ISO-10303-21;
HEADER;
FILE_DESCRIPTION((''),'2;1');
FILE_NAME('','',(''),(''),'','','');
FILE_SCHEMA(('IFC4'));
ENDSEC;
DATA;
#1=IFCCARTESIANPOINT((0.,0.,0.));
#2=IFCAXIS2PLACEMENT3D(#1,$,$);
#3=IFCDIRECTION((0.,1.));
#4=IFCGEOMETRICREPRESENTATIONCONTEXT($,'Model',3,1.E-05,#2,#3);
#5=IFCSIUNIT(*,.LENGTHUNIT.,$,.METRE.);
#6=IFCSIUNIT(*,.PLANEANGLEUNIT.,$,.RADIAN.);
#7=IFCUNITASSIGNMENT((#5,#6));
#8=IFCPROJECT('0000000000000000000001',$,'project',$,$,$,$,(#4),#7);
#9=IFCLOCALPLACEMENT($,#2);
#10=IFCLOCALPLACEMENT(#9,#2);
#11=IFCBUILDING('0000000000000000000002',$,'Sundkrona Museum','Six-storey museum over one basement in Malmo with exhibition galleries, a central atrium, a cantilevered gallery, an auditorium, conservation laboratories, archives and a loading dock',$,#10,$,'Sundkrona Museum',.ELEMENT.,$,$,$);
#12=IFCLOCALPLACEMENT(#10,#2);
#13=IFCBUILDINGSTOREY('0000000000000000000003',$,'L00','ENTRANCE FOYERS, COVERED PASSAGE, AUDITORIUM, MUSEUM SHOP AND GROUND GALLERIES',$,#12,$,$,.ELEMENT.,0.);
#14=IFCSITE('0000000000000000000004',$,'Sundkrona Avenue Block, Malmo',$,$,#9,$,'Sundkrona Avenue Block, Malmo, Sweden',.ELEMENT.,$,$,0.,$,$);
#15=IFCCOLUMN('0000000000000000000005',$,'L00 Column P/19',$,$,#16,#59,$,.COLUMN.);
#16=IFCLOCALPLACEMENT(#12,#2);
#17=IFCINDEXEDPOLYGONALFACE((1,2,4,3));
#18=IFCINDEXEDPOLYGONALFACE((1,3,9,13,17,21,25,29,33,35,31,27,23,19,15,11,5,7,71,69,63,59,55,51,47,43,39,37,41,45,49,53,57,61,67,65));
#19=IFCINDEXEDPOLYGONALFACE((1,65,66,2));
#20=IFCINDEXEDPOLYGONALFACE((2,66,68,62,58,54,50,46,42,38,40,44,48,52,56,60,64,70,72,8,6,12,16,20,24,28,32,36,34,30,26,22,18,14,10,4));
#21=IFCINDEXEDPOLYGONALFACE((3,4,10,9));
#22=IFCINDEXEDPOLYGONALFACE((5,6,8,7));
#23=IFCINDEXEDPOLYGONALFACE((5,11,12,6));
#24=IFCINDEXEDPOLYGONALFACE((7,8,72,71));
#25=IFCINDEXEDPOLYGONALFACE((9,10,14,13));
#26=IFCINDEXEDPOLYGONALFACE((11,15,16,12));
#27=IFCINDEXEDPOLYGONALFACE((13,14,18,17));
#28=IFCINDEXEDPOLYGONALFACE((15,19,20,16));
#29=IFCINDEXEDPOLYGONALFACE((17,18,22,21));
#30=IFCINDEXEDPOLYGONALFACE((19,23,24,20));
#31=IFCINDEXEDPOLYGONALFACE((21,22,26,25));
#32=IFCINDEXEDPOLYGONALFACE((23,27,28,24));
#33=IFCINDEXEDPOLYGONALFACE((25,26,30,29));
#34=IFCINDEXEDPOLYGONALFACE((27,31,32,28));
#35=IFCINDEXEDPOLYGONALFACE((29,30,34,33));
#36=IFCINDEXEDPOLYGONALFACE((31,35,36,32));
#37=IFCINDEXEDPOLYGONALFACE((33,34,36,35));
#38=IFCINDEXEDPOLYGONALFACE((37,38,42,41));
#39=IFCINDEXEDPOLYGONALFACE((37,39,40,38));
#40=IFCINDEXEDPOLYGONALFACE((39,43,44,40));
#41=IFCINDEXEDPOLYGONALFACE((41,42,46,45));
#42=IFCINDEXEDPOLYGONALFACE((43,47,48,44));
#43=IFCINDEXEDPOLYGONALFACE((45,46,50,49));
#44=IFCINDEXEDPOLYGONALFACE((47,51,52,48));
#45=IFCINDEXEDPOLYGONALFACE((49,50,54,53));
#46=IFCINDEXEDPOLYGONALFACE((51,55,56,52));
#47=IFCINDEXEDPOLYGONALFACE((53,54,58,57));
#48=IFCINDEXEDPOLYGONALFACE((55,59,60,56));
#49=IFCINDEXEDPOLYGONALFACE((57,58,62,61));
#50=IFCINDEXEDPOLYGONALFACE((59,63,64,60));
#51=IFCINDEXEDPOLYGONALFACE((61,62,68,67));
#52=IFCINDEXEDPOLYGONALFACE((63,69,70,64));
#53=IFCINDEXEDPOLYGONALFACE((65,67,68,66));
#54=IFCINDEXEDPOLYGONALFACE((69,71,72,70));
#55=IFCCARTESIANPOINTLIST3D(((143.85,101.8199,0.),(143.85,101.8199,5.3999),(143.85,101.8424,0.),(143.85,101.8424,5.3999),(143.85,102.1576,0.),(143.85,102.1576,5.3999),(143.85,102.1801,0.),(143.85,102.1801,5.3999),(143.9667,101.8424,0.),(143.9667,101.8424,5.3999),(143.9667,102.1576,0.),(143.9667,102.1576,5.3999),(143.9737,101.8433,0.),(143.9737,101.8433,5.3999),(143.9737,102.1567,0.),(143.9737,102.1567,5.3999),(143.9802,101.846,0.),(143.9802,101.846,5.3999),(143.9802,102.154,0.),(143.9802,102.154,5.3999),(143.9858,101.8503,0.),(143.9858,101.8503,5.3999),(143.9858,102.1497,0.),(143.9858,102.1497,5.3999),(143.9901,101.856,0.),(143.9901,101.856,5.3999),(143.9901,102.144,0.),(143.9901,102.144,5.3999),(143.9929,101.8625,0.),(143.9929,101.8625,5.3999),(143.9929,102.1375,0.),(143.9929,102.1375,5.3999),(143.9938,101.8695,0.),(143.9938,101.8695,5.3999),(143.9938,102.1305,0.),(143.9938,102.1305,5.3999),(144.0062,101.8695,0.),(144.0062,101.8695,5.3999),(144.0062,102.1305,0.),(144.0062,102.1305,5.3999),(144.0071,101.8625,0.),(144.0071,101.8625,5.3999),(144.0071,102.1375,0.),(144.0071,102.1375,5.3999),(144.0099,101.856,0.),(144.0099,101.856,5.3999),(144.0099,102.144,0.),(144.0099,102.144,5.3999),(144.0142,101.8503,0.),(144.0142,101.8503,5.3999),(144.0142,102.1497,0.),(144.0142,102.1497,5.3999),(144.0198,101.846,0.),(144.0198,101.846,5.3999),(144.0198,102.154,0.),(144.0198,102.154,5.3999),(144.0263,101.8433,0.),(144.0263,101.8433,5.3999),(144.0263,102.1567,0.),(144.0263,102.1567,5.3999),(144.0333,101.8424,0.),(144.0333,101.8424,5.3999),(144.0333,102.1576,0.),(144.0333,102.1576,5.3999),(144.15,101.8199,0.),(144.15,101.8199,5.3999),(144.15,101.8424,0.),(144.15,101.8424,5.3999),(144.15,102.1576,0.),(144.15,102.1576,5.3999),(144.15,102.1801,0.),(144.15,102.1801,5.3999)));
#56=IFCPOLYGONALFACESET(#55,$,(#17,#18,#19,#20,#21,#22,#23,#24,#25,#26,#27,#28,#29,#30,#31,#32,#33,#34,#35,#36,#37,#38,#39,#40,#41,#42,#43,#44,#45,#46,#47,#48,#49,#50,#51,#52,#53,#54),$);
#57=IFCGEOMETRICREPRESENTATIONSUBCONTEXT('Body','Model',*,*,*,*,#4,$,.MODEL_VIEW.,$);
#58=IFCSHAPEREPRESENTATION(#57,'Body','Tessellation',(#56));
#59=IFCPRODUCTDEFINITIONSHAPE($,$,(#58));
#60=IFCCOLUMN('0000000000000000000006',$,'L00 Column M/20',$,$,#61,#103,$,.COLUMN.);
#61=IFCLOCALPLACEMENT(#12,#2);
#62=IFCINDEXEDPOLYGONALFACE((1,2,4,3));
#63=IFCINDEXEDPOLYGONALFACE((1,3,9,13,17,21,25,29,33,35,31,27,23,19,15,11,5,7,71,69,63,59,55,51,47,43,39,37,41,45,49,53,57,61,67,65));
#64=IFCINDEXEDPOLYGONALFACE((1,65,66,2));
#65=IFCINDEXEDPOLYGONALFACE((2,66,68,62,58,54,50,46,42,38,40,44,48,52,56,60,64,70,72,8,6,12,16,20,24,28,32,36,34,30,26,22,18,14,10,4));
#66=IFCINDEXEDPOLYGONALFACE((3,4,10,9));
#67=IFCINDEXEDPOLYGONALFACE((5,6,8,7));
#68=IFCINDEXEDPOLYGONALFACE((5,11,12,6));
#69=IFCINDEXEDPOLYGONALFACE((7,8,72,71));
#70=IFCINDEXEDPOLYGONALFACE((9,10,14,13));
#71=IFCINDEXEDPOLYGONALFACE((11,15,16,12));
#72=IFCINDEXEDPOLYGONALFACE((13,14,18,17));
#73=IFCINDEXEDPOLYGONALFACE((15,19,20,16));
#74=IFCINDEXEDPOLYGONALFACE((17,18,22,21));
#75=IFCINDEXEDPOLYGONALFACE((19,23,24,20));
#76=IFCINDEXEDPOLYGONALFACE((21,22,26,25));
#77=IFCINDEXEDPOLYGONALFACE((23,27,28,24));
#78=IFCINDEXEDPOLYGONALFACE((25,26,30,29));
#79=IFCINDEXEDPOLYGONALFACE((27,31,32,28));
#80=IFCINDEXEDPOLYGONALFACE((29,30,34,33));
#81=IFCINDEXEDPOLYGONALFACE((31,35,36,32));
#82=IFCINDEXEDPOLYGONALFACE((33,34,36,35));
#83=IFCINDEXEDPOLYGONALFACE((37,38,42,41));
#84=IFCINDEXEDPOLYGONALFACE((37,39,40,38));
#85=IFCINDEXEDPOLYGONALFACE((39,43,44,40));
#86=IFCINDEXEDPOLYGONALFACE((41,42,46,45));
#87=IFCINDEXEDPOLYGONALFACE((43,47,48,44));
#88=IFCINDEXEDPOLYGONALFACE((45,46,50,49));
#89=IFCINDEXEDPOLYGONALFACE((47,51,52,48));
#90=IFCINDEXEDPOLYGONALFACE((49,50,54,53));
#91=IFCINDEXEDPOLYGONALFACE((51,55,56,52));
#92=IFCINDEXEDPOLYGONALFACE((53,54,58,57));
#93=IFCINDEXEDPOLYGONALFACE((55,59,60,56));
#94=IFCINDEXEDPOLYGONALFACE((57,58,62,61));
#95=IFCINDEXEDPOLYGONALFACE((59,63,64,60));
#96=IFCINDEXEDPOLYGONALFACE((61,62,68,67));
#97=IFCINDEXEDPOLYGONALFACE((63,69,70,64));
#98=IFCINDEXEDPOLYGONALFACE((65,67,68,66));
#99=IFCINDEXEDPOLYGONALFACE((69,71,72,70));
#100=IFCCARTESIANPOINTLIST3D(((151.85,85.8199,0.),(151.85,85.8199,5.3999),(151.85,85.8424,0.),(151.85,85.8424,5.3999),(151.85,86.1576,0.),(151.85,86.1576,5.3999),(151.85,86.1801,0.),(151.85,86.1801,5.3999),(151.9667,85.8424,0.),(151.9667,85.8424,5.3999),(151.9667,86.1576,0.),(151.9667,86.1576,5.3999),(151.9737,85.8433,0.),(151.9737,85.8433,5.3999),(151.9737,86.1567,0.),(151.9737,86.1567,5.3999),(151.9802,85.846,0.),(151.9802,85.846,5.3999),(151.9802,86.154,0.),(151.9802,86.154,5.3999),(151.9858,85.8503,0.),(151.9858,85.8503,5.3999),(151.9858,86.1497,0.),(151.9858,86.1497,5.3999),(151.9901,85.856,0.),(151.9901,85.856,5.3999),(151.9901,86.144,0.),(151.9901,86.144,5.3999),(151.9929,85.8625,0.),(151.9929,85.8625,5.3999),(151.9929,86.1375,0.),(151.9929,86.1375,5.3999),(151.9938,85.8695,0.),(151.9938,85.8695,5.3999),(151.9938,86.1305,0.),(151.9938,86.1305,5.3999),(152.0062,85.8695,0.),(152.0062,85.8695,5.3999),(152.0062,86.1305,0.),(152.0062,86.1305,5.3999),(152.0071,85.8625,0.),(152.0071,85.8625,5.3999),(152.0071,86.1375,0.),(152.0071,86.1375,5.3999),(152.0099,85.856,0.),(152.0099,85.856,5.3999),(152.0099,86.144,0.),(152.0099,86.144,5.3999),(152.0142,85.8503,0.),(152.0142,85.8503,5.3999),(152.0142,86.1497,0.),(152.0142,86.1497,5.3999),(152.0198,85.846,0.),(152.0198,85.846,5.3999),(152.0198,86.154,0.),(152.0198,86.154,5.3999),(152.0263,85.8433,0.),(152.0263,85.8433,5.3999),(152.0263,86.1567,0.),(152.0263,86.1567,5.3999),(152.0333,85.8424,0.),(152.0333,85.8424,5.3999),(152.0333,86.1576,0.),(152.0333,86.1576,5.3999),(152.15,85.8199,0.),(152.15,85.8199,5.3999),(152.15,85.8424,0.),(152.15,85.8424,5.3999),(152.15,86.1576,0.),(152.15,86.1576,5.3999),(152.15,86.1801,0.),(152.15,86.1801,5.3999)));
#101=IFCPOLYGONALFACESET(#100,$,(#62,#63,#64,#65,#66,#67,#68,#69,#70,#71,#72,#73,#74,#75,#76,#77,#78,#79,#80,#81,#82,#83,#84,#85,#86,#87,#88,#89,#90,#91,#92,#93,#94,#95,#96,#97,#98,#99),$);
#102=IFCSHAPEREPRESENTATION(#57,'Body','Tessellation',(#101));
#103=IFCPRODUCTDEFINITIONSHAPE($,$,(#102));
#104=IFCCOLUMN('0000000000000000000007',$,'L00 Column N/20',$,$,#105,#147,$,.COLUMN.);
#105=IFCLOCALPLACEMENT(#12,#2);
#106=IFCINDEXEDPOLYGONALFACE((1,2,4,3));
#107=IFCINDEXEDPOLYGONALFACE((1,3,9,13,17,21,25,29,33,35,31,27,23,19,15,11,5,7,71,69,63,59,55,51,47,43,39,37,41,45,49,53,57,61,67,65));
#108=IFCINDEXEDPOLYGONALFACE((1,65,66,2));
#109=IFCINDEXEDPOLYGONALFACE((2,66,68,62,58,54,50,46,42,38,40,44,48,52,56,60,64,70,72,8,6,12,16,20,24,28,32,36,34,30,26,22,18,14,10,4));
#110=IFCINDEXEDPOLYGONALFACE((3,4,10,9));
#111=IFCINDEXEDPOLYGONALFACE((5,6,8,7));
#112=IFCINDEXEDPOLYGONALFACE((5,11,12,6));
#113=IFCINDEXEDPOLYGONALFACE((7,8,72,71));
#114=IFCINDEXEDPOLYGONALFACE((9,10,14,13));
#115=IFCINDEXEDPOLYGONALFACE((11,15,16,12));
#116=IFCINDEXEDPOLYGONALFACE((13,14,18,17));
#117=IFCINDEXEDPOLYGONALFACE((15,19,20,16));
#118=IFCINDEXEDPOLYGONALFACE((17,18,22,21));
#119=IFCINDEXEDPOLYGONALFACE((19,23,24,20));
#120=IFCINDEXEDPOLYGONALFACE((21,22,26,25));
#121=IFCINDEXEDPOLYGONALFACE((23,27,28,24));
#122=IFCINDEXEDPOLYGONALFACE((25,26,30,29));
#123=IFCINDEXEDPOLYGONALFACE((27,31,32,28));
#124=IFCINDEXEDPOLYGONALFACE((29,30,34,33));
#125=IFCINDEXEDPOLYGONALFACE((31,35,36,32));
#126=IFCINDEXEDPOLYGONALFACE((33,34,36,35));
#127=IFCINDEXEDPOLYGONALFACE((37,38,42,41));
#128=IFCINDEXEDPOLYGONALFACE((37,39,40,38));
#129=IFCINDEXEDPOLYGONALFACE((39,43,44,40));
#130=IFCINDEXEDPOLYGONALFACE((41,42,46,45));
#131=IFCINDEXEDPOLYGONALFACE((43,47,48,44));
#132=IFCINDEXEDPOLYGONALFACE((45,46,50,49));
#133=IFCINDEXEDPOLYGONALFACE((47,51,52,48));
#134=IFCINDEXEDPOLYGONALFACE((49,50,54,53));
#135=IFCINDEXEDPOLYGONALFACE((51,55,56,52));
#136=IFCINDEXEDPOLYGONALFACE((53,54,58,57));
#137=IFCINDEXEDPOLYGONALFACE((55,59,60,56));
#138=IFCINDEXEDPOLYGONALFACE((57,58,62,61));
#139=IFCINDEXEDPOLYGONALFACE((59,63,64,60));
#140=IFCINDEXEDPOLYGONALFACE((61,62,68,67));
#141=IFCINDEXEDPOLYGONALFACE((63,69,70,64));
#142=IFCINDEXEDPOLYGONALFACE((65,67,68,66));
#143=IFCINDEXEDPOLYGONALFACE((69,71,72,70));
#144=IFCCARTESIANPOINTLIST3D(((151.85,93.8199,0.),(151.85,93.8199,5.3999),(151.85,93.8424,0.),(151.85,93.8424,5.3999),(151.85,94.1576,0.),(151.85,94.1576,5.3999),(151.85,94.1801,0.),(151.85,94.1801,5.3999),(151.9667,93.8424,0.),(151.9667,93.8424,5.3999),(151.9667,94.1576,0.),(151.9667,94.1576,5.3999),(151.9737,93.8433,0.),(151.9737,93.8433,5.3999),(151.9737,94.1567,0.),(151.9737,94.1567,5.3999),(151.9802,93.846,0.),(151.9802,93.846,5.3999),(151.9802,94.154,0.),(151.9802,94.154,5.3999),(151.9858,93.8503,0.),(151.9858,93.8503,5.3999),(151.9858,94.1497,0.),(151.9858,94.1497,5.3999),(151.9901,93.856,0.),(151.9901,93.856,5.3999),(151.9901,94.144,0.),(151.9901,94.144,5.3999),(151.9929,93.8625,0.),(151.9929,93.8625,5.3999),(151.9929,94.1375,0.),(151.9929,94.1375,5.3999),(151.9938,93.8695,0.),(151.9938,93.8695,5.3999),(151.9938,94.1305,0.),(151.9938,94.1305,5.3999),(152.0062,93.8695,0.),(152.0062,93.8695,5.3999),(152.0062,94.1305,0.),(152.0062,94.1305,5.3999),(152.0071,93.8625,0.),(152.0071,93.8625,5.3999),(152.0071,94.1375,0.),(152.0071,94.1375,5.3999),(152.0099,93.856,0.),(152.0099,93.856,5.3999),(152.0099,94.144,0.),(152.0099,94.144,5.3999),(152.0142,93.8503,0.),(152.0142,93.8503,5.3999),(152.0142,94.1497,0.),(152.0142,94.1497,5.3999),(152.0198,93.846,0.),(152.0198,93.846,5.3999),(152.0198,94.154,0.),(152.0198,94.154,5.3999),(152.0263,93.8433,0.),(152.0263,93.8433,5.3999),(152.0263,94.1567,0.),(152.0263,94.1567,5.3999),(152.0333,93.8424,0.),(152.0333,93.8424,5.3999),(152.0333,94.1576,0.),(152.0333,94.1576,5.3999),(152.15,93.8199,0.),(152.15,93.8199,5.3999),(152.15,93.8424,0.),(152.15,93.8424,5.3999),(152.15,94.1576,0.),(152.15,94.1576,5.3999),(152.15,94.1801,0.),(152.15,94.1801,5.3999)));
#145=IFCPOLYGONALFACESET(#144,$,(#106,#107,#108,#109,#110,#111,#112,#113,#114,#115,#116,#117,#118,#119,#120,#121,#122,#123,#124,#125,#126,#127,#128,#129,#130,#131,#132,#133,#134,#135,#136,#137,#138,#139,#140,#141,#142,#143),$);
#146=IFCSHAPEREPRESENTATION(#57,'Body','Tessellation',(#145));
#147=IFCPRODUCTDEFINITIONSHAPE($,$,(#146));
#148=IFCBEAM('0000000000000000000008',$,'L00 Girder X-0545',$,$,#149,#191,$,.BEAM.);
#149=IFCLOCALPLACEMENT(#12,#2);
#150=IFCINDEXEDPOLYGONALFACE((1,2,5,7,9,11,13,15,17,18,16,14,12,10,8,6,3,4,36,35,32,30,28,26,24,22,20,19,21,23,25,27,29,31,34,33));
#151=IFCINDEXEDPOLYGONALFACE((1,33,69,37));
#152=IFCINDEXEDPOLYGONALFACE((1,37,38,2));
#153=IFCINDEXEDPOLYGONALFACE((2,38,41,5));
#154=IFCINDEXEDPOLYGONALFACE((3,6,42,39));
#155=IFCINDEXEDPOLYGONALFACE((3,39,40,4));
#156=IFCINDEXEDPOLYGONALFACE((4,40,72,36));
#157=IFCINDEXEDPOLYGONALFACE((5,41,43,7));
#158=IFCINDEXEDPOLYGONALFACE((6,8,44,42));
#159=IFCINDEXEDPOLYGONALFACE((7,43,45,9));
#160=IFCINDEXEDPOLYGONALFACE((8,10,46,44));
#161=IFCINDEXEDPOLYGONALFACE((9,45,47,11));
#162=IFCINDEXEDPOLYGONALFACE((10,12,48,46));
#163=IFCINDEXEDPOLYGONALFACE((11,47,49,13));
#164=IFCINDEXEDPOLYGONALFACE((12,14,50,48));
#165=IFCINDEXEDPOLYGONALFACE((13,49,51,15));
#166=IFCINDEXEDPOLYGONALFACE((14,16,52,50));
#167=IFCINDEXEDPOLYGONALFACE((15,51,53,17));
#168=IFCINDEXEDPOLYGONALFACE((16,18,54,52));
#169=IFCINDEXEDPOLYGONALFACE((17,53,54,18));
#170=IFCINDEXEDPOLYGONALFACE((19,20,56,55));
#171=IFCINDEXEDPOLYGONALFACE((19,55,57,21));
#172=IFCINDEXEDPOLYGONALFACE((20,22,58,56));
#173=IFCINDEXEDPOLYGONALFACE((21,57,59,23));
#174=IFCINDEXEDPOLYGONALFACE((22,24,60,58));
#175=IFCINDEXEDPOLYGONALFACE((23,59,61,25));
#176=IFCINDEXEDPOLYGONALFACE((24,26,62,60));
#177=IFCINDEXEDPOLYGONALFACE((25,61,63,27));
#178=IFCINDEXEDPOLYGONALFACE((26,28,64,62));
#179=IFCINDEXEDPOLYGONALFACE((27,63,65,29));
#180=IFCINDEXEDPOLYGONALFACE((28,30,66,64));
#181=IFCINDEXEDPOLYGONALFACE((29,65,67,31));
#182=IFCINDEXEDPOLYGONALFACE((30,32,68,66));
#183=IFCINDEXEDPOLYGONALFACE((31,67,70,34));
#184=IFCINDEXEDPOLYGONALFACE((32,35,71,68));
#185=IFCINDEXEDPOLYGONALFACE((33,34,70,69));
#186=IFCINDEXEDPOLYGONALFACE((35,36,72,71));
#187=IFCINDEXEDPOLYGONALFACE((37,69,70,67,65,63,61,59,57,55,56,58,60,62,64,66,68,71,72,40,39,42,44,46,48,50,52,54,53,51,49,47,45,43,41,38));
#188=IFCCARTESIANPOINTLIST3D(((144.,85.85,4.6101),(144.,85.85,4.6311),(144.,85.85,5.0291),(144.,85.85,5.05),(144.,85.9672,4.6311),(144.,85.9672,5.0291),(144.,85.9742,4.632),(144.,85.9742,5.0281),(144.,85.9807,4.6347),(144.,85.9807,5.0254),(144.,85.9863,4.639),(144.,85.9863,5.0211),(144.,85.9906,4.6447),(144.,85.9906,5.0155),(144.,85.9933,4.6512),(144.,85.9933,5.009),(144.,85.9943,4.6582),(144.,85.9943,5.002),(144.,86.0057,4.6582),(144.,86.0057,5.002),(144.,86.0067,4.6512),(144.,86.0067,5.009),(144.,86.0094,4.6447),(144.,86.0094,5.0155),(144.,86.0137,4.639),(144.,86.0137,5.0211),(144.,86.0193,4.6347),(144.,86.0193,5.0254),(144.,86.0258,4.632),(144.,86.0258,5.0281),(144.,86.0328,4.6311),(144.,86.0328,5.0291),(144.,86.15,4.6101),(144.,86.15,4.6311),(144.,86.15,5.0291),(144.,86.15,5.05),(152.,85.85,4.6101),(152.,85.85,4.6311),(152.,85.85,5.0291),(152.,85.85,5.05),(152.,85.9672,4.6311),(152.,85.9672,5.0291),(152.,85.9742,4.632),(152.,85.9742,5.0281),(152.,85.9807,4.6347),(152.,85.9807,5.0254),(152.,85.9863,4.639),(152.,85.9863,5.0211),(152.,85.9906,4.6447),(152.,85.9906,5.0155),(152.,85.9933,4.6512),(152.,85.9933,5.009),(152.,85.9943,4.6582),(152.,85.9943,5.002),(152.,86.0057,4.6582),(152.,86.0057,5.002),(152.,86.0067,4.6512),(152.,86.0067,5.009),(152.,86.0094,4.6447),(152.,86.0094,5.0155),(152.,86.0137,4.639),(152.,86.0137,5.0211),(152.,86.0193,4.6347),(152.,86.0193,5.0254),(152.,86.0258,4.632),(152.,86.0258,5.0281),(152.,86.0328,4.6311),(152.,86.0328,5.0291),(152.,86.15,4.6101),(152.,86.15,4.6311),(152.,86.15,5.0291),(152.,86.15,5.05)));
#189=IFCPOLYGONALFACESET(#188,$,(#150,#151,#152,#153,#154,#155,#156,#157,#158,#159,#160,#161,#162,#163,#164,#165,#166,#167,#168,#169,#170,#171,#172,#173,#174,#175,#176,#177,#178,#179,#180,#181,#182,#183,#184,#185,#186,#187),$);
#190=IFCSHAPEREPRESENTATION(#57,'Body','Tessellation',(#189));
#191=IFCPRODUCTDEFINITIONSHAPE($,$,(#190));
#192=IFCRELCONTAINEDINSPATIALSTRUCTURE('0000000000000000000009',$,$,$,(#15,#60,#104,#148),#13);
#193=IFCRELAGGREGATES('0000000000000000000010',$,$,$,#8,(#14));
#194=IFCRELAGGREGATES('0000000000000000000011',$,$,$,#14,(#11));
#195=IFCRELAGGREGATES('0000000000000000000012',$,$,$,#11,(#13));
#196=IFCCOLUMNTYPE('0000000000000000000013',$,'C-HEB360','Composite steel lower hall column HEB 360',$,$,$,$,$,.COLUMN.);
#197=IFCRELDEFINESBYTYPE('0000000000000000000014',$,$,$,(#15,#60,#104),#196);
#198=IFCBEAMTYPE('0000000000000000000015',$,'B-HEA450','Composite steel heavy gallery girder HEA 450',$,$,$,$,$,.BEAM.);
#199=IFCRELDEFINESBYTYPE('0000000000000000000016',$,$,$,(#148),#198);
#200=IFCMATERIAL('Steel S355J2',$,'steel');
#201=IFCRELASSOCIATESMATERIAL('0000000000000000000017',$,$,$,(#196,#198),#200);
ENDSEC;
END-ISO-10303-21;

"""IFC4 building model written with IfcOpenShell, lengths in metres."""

from ifc_helpers import new_model, si_unit, direction, frame, origin, origin_2d, place, context, subcontext, project, spatial, i_section, extrude, material, material_profile, profile_set, type_object, element, save


model = new_model("IFC4")

# Units and contexts
model_context = context("Model", 3, precision=1e-05, world=origin(), true_north=direction((0.0, 1.0)))
body_context = subcontext(model_context, "Body", "Model", "MODEL_VIEW")
ifc_project = project(units=[si_unit("LENGTHUNIT", "METRE"), si_unit("PLANEANGLEUNIT", "RADIAN")], contexts=[model_context])

# Site, building, storey
site_placement = place(None, origin())
site = spatial("IfcSite", under=ifc_project, at=site_placement, Name="Sundkrona Avenue Block, Malmo", LongName="Sundkrona Avenue Block, Malmo, Sweden", CompositionType="ELEMENT", RefElevation=0.0)
building_placement = place(site_placement, origin())
building = spatial("IfcBuilding", under=site, at=building_placement, Name="Sundkrona Museum", Description="Six-storey museum over one basement in Malmo with exhibition galleries, a central atrium, a cantilevered gallery, an auditorium, conservation laboratories, archives and a loading dock", LongName="Sundkrona Museum", CompositionType="ELEMENT")
storey_placement = place(building_placement, origin())
storey = spatial("IfcBuildingStorey", under=building, at=storey_placement, Name="L00", Description="ENTRANCE FOYERS, COVERED PASSAGE, AUDITORIUM, MUSEUM SHOP AND GROUND GALLERIES", CompositionType="ELEMENT", Elevation=0.0)

# Columns
ifc_material = material(Name="Steel S355J2", Category="steel")
ifc_material_profile_1 = material_profile(ifc_material, i_section(OverallWidth=0.3, OverallDepth=0.3601, WebThickness=0.0125, FlangeThickness=0.0225, FilletRadius=0.0271, at=origin_2d()), Name="HEB 360")
ifc_profile_set_1 = profile_set([ifc_material_profile_1], Name="Steel S355J2")
column_type = type_object("IfcColumnType", Name="C-HEB360", Description="Composite steel lower hall column HEB 360", PredefinedType="COLUMN", material=ifc_profile_set_1)
for number, where, z_axis, x_axis, name in (
    (1, (144.0, 102.0, 0.0), (0.0, 0.0, 1.0), (1.0, 0.0, 0.0), "L00 Column P/19"),
    (2, (152.0, 86.0, 0.0), (0.0, 0.0, 1.0), (1.0, 0.0, 0.0), "L00 Column M/20"),
    (3, (152.0, 94.0, 0.0), (0.0, 0.0, 1.0), (1.0, 0.0, 0.0), "L00 Column N/20"),
):
    element("IfcColumn", number, at=place(storey_placement, frame(where, z_axis=z_axis, x_axis=x_axis)), inside=storey, type_object=column_type, Name=name, PredefinedType="COLUMN", context=body_context, shape_type="SweptSolid", body=[
        extrude(i_section(OverallWidth=0.3, OverallDepth=0.3601, WebThickness=0.0125, FlangeThickness=0.0225, FilletRadius=0.0271, at=origin_2d()), origin(), (0.0, 0.0, 1.0), 5.3999),
    ])

# Beam
ifc_material_profile_2 = material_profile(ifc_material, i_section(OverallWidth=0.3, OverallDepth=0.4399, WebThickness=0.0115, FlangeThickness=0.021, FilletRadius=0.0271, at=origin_2d()), Name="HEA 450")
ifc_profile_set_2 = profile_set([ifc_material_profile_2], Name="Steel S355J2")
beam_type_1 = type_object("IfcBeamType", Name="B-HEA450", Description="Composite steel heavy gallery girder HEA 450", PredefinedType="BEAM", material=ifc_profile_set_2)
for number, where, z_axis, x_axis, name in (
    (4, (144.0, 86.0, 4.8301), (1.0, 0.0, 0.0), (0.0, 1.0, 0.0), "L00 Girder X-0545"),
):
    element("IfcBeam", number, at=place(storey_placement, frame(where, z_axis=z_axis, x_axis=x_axis)), inside=storey, type_object=beam_type_1, Name=name, PredefinedType="BEAM", context=body_context, shape_type="SweptSolid", body=[
        extrude(i_section(OverallWidth=0.3, OverallDepth=0.4399, WebThickness=0.0115, FlangeThickness=0.021, FilletRadius=0.0271, at=origin_2d()), origin(), (0.0, 0.0, 1.0), 8.0),
    ])

save(model, "model.ifc")
